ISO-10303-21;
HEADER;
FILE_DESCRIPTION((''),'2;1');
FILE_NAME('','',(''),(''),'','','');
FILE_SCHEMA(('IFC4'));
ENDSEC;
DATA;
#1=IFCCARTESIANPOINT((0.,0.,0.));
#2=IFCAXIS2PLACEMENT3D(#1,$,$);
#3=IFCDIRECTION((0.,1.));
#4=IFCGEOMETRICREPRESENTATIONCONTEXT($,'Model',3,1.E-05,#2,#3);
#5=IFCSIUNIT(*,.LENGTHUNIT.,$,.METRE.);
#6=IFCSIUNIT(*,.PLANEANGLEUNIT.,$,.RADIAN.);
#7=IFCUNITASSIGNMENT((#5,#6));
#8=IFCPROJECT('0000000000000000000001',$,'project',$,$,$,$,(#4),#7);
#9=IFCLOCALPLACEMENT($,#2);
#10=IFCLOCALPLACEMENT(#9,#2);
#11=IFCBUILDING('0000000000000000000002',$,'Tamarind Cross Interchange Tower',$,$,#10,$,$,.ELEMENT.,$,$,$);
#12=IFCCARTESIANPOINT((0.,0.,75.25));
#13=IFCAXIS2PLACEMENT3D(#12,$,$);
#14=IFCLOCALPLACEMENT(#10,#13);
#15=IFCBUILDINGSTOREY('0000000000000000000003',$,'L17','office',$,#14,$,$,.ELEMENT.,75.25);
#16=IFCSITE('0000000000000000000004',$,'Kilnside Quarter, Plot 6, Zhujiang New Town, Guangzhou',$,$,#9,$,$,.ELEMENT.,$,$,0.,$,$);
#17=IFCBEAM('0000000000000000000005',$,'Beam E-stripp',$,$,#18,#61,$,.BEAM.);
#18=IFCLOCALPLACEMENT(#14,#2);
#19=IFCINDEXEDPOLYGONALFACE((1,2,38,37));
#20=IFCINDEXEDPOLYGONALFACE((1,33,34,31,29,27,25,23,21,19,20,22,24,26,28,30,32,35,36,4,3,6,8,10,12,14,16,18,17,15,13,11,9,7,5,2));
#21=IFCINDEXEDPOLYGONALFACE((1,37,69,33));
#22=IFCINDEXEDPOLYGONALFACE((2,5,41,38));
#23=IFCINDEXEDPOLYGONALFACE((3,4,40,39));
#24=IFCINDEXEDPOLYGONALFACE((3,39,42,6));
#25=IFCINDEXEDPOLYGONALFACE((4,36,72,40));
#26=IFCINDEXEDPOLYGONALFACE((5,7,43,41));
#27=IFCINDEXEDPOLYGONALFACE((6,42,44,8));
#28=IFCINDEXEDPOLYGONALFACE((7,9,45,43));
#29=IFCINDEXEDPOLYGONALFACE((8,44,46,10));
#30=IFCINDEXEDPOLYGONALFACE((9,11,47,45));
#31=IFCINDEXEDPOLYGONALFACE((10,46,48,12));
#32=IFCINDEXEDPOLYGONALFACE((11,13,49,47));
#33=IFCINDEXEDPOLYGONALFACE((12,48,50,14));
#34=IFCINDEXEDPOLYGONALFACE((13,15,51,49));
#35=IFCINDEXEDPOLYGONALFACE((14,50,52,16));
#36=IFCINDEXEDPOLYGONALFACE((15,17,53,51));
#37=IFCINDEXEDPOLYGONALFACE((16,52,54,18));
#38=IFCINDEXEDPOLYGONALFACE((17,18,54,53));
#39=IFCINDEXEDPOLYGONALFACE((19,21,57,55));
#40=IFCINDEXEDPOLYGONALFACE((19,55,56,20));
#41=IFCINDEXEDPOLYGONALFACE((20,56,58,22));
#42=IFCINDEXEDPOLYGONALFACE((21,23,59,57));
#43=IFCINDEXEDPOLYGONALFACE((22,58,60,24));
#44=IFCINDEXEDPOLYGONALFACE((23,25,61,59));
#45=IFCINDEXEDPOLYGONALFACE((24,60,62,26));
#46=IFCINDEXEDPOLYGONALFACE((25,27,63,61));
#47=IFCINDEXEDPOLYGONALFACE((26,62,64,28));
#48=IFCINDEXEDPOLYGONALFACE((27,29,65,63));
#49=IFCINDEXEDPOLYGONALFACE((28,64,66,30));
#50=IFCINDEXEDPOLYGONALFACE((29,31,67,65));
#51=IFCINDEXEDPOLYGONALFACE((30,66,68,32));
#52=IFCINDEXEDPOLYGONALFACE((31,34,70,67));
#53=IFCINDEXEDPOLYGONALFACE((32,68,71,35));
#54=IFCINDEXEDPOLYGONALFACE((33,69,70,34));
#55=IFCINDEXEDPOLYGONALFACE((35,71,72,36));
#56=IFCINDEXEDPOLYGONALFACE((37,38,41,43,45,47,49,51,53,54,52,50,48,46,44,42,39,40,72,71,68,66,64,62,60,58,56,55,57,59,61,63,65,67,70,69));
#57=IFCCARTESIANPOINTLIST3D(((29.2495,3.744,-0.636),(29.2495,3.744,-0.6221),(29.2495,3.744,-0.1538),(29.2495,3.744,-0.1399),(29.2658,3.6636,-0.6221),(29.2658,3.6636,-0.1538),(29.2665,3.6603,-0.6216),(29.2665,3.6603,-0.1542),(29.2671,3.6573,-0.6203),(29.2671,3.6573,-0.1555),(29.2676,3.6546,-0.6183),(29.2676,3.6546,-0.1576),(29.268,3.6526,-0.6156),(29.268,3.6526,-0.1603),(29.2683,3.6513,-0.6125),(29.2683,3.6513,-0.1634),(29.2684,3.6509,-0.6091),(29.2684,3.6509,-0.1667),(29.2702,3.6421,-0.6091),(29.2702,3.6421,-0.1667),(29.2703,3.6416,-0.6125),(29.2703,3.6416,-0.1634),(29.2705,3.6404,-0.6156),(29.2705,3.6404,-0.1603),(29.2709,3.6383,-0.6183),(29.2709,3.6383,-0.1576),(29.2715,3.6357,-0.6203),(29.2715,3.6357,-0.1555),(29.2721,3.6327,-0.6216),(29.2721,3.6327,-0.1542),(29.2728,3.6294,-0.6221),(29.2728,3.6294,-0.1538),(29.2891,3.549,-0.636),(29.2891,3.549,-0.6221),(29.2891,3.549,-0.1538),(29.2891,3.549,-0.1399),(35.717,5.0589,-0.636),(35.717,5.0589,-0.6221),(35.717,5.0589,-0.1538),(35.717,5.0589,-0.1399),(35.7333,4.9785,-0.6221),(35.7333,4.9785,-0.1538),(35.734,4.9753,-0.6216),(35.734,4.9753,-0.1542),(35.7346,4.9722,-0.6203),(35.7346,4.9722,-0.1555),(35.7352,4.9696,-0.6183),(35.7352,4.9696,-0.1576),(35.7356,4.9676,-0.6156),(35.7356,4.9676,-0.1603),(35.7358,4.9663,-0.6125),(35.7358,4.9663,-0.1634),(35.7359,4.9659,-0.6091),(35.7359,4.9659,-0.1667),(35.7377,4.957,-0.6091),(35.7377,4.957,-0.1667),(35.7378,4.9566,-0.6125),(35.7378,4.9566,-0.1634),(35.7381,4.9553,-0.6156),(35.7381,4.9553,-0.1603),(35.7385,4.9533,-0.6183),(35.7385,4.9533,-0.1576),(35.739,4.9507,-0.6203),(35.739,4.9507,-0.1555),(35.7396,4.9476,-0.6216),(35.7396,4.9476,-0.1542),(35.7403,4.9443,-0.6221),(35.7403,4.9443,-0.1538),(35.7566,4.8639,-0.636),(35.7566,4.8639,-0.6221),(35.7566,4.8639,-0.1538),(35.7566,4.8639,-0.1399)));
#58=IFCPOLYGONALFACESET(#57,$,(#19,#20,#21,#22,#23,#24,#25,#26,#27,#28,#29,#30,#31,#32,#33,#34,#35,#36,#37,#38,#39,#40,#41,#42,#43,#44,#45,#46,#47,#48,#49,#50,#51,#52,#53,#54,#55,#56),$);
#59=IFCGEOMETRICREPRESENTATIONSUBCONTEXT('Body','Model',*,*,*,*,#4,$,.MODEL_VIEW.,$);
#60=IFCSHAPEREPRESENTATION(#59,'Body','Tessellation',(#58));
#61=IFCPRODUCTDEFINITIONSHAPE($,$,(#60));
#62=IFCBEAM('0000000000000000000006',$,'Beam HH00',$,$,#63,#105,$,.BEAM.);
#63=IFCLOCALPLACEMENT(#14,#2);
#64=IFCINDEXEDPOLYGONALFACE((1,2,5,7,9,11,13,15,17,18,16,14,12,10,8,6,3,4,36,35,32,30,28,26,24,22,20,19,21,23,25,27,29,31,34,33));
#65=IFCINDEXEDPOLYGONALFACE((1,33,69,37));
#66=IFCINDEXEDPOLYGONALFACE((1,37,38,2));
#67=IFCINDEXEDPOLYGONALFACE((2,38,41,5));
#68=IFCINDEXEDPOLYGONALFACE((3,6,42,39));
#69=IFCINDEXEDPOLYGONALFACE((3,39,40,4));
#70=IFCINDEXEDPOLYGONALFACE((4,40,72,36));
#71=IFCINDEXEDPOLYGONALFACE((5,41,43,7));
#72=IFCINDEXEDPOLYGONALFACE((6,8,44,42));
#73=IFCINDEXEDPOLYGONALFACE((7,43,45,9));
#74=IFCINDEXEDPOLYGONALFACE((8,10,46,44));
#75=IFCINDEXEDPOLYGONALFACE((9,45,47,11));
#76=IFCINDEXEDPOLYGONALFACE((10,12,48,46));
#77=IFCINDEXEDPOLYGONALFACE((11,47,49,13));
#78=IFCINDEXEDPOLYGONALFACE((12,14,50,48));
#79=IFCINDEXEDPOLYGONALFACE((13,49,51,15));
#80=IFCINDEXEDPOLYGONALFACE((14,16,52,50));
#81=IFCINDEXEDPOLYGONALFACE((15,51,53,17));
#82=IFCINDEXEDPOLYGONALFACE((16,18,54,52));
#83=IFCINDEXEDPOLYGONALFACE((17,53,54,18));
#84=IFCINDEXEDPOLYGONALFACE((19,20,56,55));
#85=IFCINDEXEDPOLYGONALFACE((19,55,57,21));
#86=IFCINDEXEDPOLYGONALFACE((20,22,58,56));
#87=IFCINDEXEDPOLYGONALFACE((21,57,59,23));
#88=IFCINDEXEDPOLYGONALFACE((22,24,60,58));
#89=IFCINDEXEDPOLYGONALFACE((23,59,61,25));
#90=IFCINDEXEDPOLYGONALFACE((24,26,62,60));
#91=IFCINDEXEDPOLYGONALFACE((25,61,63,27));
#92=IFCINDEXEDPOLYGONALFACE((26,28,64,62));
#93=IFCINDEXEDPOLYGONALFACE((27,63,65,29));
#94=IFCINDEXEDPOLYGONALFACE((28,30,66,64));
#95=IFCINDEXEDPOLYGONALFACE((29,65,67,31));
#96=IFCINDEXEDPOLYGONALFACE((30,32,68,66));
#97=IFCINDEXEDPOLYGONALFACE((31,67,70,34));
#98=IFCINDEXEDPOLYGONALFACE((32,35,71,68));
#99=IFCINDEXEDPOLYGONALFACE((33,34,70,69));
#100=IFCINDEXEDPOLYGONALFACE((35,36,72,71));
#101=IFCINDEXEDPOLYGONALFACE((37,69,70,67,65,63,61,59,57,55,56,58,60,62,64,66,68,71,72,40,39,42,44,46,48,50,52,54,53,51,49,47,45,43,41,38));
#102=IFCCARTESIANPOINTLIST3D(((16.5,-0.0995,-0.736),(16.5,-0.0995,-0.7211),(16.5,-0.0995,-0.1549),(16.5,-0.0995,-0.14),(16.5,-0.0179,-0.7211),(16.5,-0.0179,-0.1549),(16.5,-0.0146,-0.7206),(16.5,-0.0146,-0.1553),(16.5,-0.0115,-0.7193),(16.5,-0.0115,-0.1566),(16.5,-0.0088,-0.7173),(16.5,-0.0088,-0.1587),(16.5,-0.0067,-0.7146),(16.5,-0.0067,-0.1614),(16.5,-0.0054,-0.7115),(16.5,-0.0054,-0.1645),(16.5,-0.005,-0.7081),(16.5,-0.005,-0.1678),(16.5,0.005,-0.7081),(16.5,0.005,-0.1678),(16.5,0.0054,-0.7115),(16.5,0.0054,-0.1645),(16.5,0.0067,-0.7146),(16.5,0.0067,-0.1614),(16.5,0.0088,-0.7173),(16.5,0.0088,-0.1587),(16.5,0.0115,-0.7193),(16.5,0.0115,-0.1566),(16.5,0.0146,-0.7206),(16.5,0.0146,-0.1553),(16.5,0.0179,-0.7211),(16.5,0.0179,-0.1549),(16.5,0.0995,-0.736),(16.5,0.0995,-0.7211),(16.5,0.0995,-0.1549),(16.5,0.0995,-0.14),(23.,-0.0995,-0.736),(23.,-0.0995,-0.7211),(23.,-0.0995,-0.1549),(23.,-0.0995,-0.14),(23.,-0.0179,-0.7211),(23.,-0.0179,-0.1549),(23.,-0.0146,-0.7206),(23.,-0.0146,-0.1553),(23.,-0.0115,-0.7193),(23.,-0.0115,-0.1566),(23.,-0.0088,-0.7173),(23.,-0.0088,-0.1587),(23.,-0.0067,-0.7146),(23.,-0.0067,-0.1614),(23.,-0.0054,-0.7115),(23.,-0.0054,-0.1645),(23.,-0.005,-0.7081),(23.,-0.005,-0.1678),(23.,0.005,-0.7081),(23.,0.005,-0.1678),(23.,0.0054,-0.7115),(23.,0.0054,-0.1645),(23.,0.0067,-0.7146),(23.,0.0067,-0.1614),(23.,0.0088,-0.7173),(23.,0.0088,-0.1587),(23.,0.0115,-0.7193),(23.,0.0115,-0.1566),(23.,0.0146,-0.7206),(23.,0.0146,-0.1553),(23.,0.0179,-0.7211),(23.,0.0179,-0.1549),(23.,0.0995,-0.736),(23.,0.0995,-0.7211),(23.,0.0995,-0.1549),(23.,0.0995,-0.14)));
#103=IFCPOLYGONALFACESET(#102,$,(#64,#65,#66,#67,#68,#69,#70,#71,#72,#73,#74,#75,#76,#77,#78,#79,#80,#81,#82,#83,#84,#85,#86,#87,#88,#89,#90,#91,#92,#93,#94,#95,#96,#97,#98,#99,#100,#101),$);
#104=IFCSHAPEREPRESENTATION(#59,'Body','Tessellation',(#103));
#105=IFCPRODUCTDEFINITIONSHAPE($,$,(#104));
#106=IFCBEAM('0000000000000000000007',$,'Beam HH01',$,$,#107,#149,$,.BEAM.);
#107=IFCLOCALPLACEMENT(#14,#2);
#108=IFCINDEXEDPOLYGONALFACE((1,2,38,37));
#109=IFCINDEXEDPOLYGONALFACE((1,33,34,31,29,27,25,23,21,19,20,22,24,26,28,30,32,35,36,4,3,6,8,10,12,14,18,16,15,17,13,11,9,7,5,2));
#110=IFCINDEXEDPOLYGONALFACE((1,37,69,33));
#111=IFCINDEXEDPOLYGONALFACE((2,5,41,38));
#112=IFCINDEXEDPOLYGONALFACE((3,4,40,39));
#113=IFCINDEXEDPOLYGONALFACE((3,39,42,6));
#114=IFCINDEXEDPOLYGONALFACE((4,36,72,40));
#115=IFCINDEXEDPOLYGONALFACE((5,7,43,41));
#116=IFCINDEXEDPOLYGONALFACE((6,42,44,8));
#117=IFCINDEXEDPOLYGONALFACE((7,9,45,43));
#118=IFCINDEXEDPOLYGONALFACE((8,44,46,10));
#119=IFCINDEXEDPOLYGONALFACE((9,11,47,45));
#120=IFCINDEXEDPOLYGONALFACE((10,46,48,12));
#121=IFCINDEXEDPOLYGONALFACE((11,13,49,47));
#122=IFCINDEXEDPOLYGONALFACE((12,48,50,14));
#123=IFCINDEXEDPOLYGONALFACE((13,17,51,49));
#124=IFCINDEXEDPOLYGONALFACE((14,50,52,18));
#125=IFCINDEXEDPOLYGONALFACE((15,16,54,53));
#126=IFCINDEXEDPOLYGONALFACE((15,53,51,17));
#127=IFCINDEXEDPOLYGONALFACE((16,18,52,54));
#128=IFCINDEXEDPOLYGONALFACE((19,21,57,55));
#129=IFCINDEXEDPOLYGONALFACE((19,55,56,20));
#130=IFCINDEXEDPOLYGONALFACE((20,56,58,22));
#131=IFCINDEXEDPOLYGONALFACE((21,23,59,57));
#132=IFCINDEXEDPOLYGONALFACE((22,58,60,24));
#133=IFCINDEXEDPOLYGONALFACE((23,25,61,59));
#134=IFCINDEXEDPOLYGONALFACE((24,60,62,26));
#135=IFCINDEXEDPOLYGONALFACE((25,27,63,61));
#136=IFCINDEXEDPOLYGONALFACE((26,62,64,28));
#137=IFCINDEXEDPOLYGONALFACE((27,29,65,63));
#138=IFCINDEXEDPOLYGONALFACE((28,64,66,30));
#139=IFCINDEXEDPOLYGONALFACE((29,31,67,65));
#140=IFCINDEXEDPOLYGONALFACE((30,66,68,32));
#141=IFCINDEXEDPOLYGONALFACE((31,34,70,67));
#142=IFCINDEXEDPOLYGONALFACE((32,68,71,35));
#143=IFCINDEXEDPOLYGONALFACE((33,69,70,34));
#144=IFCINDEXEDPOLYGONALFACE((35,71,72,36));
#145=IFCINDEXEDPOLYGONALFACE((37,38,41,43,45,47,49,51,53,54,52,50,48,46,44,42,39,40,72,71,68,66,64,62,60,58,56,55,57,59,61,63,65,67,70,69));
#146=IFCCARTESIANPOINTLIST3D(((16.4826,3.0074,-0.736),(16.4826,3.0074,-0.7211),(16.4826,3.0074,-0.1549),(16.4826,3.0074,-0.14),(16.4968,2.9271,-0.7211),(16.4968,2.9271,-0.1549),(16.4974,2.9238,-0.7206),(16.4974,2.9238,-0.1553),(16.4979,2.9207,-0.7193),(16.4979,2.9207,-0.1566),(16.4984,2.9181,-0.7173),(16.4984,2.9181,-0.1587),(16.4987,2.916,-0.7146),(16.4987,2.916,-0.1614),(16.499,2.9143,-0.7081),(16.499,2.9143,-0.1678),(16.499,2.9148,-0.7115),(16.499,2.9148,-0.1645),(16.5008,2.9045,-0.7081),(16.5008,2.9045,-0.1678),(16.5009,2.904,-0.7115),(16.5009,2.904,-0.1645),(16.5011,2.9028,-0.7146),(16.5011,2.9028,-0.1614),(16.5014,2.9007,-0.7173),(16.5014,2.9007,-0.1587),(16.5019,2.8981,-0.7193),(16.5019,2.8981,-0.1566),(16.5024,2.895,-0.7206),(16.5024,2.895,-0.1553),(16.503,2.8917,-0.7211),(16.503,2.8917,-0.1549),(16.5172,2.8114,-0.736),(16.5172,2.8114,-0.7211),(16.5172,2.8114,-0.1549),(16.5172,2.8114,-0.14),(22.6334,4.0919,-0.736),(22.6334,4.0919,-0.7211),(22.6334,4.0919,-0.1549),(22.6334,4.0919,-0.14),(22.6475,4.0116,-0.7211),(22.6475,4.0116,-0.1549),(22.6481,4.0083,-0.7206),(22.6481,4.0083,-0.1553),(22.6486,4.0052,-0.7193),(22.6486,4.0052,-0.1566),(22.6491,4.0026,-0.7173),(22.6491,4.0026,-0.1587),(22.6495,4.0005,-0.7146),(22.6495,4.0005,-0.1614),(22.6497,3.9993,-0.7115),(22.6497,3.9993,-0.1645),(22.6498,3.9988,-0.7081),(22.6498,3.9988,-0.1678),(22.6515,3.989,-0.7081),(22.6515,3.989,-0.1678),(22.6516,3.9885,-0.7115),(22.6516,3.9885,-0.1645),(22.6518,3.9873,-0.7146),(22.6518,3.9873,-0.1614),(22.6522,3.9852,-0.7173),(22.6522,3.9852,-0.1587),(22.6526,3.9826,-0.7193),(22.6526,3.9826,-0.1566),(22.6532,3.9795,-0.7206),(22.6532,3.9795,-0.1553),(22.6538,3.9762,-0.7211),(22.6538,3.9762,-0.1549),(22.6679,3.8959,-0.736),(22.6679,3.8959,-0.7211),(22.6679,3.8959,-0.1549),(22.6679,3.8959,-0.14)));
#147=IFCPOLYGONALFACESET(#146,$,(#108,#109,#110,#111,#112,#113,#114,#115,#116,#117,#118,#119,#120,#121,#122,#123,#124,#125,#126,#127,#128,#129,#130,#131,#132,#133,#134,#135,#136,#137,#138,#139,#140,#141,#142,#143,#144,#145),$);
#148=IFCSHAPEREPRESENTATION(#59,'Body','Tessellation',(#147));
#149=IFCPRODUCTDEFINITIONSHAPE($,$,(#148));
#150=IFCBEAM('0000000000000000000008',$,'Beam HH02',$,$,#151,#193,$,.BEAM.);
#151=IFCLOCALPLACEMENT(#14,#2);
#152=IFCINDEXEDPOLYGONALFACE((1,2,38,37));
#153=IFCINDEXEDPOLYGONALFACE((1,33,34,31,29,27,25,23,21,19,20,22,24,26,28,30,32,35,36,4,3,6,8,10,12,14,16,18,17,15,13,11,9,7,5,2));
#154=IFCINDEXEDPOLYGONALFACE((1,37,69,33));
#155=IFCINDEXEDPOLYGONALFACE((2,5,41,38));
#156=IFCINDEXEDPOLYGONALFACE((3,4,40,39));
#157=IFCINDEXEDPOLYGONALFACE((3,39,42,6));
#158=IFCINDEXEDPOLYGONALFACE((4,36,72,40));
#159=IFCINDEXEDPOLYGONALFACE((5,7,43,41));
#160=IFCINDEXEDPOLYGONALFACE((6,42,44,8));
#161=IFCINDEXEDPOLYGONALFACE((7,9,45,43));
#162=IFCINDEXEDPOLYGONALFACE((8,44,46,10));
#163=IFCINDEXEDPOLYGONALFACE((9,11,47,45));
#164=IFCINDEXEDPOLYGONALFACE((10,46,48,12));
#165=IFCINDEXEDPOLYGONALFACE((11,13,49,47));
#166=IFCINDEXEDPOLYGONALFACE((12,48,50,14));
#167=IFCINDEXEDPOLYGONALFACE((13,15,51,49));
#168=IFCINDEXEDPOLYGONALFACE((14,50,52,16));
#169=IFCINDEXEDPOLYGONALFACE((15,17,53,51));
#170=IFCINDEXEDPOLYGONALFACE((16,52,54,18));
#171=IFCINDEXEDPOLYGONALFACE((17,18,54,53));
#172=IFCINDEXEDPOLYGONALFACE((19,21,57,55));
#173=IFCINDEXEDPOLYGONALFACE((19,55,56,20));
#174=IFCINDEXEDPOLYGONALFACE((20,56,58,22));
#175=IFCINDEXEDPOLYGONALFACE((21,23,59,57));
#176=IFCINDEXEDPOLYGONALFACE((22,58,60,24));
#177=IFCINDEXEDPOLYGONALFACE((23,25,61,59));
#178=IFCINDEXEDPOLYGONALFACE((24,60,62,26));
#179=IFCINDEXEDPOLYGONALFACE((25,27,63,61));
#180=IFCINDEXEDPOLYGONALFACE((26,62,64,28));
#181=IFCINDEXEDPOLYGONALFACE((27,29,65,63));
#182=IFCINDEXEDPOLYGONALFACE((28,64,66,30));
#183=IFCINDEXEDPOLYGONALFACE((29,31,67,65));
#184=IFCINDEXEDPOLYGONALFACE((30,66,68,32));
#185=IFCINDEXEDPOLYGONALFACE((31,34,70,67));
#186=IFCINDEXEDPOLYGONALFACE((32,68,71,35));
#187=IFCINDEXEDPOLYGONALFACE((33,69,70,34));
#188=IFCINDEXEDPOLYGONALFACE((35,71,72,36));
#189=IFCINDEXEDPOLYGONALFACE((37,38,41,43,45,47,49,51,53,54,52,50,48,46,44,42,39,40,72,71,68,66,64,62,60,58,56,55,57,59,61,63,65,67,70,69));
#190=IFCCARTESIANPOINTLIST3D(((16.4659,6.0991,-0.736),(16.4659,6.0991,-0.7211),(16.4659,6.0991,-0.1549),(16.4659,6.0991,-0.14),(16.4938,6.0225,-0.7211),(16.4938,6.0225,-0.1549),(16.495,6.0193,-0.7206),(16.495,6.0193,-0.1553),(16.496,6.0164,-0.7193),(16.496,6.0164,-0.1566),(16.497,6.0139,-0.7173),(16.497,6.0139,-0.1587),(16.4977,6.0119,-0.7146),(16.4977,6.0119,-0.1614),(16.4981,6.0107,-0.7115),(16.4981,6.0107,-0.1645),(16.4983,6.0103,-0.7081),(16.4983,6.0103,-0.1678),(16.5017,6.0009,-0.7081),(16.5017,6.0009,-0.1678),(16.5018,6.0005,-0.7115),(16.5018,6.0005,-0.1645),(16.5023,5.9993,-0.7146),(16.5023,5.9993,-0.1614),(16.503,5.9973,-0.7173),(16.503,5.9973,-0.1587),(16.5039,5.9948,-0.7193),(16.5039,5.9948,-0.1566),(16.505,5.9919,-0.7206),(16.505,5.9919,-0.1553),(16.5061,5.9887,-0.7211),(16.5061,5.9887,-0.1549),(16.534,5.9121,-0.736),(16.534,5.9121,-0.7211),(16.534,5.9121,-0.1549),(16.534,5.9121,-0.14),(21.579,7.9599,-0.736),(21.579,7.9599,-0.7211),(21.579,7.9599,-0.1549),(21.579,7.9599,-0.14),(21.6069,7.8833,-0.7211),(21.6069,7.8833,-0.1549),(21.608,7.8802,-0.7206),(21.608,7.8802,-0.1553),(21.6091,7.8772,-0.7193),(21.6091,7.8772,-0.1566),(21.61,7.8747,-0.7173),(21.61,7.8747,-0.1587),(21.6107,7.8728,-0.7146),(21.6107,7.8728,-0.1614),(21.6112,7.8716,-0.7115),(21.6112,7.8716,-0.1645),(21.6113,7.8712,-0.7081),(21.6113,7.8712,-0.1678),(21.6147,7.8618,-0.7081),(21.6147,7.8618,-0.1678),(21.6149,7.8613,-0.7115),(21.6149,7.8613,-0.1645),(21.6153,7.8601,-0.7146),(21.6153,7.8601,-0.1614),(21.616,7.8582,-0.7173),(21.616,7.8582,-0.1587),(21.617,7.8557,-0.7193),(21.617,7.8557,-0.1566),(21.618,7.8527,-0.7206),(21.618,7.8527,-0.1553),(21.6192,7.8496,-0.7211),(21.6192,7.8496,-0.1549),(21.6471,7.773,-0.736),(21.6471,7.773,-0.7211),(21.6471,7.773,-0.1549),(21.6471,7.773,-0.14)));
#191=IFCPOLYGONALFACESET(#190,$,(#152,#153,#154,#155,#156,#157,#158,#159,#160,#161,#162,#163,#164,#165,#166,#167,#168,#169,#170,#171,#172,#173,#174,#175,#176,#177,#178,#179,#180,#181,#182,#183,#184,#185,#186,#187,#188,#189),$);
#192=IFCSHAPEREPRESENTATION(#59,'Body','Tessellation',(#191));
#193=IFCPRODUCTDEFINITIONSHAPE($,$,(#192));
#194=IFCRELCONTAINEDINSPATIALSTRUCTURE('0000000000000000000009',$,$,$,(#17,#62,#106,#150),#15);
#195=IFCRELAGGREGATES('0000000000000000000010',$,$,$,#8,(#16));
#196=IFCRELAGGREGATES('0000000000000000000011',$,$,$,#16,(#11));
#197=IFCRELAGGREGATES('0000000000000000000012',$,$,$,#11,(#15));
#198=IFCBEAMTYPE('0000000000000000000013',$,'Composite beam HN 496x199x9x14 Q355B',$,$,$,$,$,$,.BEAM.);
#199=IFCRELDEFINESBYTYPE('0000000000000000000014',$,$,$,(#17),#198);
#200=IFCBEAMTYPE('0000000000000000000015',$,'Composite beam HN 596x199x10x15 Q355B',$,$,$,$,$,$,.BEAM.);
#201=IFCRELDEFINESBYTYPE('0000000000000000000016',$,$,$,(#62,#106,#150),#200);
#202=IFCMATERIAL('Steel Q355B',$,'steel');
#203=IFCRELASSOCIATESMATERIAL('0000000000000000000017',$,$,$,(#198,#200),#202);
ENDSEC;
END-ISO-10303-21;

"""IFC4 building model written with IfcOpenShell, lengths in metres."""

from ifc_helpers import new_model, si_unit, direction, frame, origin, origin_2d, place, context, subcontext, project, spatial, i_section, extrude, material, material_profile, profile_set, type_object, element, save


model = new_model("IFC4")

# Units and contexts
model_context = context("Model", 3, precision=1e-05, world=origin(), true_north=direction((0.0, 1.0)))
body_context = subcontext(model_context, "Body", "Model", "MODEL_VIEW")
ifc_project = project(units=[si_unit("LENGTHUNIT", "METRE"), si_unit("PLANEANGLEUNIT", "RADIAN")], contexts=[model_context])

# Site, building, storey
site_placement = place(None, origin())
site = spatial("IfcSite", under=ifc_project, at=site_placement, Name="Kilnside Quarter, Plot 6, Zhujiang New Town, Guangzhou", CompositionType="ELEMENT", RefElevation=0.0)
building_placement = place(site_placement, origin())
building = spatial("IfcBuilding", under=site, at=building_placement, Name="Tamarind Cross Interchange Tower", CompositionType="ELEMENT")
storey_placement = place(building_placement, frame((0.0, 0.0, 75.25)))
storey = spatial("IfcBuildingStorey", under=building, at=storey_placement, Name="L17", Description="office", CompositionType="ELEMENT", Elevation=75.25)

# Beams
ifc_material_1 = material(Name="Steel Q355B", Category="steel")
ifc_material_profile_1 = material_profile(ifc_material_1, i_section(OverallWidth=0.199, OverallDepth=0.4961, WebThickness=0.009, FlangeThickness=0.0139, FilletRadius=0.0129, at=origin_2d()), Name="HN 496x199x9x14")
ifc_profile_set_1 = profile_set([ifc_material_profile_1], Name="Steel Q355B")
beam_type_1 = type_object("IfcBeamType", Name="Composite beam HN 496x199x9x14 Q355B", PredefinedType="BEAM", material=ifc_profile_set_1)
beam_1_placement = place(storey_placement, frame((29.2693, 3.6465, -0.3879), z_axis=(0.979951, 0.199238, 0.0), x_axis=(-0.199238, 0.979951, 0.0)))
element("IfcBeam", 1, at=beam_1_placement, inside=storey, type_object=beam_type_1, Name="Beam E-stripp", PredefinedType="BEAM", context=body_context, shape_type="SweptSolid", body=[
    extrude(i_section(OverallWidth=0.199, OverallDepth=0.4961, WebThickness=0.009, FlangeThickness=0.0139, FilletRadius=0.0129, at=origin_2d()), origin(), (0.0, 0.0, 1.0), 6.5999),
])
ifc_material_profile_2 = material_profile(ifc_material_1, i_section(OverallWidth=0.199, OverallDepth=0.5959, WebThickness=0.01, FlangeThickness=0.0149, FilletRadius=0.0129, at=origin_2d()), Name="HN 596x199x10x15")
ifc_profile_set_2 = profile_set([ifc_material_profile_2], Name="Steel Q355B")
beam_type_2 = type_object("IfcBeamType", Name="Composite beam HN 596x199x10x15 Q355B", PredefinedType="BEAM", material=ifc_profile_set_2)
beam_2_placement = place(storey_placement, frame((23.0, 0.0, -0.438), z_axis=(-1.0, 0.0, 0.0), x_axis=(0.0, -1.0, 0.0)))
element("IfcBeam", 2, at=beam_2_placement, inside=storey, type_object=beam_type_2, Name="Beam HH00", PredefinedType="BEAM", context=body_context, shape_type="SweptSolid", body=[
    extrude(i_section(OverallWidth=0.199, OverallDepth=0.5959, WebThickness=0.01, FlangeThickness=0.0149, FilletRadius=0.0129, at=origin_2d()), origin(), (0.0, 0.0, 1.0), 6.5),
])
beam_3_placement = place(storey_placement, frame((22.6506, 3.9939, -0.438), z_axis=(-0.984809, -0.17364, 0.0), x_axis=(0.17364, -0.984809, 0.0)))
element("IfcBeam", 3, at=beam_3_placement, inside=storey, type_object=beam_type_2, Name="Beam HH01", PredefinedType="BEAM", context=body_context, shape_type="SweptSolid", body=[
    extrude(i_section(OverallWidth=0.199, OverallDepth=0.5959, WebThickness=0.01, FlangeThickness=0.0149, FilletRadius=0.0129, at=origin_2d()), origin(), (0.0, 0.0, 1.0), 6.2456),
])
beam_4_placement = place(storey_placement, frame((21.613, 7.8665, -0.438), z_axis=(-0.939702, -0.341995, 0.0), x_axis=(0.341995, -0.939702, 0.0)))
element("IfcBeam", 4, at=beam_4_placement, inside=storey, type_object=beam_type_2, Name="Beam HH02", PredefinedType="BEAM", context=body_context, shape_type="SweptSolid", body=[
    extrude(i_section(OverallWidth=0.199, OverallDepth=0.5959, WebThickness=0.01, FlangeThickness=0.0149, FilletRadius=0.0129, at=origin_2d()), origin(), (0.0, 0.0, 1.0), 5.4412),
])

save(model, "model.ifc")
